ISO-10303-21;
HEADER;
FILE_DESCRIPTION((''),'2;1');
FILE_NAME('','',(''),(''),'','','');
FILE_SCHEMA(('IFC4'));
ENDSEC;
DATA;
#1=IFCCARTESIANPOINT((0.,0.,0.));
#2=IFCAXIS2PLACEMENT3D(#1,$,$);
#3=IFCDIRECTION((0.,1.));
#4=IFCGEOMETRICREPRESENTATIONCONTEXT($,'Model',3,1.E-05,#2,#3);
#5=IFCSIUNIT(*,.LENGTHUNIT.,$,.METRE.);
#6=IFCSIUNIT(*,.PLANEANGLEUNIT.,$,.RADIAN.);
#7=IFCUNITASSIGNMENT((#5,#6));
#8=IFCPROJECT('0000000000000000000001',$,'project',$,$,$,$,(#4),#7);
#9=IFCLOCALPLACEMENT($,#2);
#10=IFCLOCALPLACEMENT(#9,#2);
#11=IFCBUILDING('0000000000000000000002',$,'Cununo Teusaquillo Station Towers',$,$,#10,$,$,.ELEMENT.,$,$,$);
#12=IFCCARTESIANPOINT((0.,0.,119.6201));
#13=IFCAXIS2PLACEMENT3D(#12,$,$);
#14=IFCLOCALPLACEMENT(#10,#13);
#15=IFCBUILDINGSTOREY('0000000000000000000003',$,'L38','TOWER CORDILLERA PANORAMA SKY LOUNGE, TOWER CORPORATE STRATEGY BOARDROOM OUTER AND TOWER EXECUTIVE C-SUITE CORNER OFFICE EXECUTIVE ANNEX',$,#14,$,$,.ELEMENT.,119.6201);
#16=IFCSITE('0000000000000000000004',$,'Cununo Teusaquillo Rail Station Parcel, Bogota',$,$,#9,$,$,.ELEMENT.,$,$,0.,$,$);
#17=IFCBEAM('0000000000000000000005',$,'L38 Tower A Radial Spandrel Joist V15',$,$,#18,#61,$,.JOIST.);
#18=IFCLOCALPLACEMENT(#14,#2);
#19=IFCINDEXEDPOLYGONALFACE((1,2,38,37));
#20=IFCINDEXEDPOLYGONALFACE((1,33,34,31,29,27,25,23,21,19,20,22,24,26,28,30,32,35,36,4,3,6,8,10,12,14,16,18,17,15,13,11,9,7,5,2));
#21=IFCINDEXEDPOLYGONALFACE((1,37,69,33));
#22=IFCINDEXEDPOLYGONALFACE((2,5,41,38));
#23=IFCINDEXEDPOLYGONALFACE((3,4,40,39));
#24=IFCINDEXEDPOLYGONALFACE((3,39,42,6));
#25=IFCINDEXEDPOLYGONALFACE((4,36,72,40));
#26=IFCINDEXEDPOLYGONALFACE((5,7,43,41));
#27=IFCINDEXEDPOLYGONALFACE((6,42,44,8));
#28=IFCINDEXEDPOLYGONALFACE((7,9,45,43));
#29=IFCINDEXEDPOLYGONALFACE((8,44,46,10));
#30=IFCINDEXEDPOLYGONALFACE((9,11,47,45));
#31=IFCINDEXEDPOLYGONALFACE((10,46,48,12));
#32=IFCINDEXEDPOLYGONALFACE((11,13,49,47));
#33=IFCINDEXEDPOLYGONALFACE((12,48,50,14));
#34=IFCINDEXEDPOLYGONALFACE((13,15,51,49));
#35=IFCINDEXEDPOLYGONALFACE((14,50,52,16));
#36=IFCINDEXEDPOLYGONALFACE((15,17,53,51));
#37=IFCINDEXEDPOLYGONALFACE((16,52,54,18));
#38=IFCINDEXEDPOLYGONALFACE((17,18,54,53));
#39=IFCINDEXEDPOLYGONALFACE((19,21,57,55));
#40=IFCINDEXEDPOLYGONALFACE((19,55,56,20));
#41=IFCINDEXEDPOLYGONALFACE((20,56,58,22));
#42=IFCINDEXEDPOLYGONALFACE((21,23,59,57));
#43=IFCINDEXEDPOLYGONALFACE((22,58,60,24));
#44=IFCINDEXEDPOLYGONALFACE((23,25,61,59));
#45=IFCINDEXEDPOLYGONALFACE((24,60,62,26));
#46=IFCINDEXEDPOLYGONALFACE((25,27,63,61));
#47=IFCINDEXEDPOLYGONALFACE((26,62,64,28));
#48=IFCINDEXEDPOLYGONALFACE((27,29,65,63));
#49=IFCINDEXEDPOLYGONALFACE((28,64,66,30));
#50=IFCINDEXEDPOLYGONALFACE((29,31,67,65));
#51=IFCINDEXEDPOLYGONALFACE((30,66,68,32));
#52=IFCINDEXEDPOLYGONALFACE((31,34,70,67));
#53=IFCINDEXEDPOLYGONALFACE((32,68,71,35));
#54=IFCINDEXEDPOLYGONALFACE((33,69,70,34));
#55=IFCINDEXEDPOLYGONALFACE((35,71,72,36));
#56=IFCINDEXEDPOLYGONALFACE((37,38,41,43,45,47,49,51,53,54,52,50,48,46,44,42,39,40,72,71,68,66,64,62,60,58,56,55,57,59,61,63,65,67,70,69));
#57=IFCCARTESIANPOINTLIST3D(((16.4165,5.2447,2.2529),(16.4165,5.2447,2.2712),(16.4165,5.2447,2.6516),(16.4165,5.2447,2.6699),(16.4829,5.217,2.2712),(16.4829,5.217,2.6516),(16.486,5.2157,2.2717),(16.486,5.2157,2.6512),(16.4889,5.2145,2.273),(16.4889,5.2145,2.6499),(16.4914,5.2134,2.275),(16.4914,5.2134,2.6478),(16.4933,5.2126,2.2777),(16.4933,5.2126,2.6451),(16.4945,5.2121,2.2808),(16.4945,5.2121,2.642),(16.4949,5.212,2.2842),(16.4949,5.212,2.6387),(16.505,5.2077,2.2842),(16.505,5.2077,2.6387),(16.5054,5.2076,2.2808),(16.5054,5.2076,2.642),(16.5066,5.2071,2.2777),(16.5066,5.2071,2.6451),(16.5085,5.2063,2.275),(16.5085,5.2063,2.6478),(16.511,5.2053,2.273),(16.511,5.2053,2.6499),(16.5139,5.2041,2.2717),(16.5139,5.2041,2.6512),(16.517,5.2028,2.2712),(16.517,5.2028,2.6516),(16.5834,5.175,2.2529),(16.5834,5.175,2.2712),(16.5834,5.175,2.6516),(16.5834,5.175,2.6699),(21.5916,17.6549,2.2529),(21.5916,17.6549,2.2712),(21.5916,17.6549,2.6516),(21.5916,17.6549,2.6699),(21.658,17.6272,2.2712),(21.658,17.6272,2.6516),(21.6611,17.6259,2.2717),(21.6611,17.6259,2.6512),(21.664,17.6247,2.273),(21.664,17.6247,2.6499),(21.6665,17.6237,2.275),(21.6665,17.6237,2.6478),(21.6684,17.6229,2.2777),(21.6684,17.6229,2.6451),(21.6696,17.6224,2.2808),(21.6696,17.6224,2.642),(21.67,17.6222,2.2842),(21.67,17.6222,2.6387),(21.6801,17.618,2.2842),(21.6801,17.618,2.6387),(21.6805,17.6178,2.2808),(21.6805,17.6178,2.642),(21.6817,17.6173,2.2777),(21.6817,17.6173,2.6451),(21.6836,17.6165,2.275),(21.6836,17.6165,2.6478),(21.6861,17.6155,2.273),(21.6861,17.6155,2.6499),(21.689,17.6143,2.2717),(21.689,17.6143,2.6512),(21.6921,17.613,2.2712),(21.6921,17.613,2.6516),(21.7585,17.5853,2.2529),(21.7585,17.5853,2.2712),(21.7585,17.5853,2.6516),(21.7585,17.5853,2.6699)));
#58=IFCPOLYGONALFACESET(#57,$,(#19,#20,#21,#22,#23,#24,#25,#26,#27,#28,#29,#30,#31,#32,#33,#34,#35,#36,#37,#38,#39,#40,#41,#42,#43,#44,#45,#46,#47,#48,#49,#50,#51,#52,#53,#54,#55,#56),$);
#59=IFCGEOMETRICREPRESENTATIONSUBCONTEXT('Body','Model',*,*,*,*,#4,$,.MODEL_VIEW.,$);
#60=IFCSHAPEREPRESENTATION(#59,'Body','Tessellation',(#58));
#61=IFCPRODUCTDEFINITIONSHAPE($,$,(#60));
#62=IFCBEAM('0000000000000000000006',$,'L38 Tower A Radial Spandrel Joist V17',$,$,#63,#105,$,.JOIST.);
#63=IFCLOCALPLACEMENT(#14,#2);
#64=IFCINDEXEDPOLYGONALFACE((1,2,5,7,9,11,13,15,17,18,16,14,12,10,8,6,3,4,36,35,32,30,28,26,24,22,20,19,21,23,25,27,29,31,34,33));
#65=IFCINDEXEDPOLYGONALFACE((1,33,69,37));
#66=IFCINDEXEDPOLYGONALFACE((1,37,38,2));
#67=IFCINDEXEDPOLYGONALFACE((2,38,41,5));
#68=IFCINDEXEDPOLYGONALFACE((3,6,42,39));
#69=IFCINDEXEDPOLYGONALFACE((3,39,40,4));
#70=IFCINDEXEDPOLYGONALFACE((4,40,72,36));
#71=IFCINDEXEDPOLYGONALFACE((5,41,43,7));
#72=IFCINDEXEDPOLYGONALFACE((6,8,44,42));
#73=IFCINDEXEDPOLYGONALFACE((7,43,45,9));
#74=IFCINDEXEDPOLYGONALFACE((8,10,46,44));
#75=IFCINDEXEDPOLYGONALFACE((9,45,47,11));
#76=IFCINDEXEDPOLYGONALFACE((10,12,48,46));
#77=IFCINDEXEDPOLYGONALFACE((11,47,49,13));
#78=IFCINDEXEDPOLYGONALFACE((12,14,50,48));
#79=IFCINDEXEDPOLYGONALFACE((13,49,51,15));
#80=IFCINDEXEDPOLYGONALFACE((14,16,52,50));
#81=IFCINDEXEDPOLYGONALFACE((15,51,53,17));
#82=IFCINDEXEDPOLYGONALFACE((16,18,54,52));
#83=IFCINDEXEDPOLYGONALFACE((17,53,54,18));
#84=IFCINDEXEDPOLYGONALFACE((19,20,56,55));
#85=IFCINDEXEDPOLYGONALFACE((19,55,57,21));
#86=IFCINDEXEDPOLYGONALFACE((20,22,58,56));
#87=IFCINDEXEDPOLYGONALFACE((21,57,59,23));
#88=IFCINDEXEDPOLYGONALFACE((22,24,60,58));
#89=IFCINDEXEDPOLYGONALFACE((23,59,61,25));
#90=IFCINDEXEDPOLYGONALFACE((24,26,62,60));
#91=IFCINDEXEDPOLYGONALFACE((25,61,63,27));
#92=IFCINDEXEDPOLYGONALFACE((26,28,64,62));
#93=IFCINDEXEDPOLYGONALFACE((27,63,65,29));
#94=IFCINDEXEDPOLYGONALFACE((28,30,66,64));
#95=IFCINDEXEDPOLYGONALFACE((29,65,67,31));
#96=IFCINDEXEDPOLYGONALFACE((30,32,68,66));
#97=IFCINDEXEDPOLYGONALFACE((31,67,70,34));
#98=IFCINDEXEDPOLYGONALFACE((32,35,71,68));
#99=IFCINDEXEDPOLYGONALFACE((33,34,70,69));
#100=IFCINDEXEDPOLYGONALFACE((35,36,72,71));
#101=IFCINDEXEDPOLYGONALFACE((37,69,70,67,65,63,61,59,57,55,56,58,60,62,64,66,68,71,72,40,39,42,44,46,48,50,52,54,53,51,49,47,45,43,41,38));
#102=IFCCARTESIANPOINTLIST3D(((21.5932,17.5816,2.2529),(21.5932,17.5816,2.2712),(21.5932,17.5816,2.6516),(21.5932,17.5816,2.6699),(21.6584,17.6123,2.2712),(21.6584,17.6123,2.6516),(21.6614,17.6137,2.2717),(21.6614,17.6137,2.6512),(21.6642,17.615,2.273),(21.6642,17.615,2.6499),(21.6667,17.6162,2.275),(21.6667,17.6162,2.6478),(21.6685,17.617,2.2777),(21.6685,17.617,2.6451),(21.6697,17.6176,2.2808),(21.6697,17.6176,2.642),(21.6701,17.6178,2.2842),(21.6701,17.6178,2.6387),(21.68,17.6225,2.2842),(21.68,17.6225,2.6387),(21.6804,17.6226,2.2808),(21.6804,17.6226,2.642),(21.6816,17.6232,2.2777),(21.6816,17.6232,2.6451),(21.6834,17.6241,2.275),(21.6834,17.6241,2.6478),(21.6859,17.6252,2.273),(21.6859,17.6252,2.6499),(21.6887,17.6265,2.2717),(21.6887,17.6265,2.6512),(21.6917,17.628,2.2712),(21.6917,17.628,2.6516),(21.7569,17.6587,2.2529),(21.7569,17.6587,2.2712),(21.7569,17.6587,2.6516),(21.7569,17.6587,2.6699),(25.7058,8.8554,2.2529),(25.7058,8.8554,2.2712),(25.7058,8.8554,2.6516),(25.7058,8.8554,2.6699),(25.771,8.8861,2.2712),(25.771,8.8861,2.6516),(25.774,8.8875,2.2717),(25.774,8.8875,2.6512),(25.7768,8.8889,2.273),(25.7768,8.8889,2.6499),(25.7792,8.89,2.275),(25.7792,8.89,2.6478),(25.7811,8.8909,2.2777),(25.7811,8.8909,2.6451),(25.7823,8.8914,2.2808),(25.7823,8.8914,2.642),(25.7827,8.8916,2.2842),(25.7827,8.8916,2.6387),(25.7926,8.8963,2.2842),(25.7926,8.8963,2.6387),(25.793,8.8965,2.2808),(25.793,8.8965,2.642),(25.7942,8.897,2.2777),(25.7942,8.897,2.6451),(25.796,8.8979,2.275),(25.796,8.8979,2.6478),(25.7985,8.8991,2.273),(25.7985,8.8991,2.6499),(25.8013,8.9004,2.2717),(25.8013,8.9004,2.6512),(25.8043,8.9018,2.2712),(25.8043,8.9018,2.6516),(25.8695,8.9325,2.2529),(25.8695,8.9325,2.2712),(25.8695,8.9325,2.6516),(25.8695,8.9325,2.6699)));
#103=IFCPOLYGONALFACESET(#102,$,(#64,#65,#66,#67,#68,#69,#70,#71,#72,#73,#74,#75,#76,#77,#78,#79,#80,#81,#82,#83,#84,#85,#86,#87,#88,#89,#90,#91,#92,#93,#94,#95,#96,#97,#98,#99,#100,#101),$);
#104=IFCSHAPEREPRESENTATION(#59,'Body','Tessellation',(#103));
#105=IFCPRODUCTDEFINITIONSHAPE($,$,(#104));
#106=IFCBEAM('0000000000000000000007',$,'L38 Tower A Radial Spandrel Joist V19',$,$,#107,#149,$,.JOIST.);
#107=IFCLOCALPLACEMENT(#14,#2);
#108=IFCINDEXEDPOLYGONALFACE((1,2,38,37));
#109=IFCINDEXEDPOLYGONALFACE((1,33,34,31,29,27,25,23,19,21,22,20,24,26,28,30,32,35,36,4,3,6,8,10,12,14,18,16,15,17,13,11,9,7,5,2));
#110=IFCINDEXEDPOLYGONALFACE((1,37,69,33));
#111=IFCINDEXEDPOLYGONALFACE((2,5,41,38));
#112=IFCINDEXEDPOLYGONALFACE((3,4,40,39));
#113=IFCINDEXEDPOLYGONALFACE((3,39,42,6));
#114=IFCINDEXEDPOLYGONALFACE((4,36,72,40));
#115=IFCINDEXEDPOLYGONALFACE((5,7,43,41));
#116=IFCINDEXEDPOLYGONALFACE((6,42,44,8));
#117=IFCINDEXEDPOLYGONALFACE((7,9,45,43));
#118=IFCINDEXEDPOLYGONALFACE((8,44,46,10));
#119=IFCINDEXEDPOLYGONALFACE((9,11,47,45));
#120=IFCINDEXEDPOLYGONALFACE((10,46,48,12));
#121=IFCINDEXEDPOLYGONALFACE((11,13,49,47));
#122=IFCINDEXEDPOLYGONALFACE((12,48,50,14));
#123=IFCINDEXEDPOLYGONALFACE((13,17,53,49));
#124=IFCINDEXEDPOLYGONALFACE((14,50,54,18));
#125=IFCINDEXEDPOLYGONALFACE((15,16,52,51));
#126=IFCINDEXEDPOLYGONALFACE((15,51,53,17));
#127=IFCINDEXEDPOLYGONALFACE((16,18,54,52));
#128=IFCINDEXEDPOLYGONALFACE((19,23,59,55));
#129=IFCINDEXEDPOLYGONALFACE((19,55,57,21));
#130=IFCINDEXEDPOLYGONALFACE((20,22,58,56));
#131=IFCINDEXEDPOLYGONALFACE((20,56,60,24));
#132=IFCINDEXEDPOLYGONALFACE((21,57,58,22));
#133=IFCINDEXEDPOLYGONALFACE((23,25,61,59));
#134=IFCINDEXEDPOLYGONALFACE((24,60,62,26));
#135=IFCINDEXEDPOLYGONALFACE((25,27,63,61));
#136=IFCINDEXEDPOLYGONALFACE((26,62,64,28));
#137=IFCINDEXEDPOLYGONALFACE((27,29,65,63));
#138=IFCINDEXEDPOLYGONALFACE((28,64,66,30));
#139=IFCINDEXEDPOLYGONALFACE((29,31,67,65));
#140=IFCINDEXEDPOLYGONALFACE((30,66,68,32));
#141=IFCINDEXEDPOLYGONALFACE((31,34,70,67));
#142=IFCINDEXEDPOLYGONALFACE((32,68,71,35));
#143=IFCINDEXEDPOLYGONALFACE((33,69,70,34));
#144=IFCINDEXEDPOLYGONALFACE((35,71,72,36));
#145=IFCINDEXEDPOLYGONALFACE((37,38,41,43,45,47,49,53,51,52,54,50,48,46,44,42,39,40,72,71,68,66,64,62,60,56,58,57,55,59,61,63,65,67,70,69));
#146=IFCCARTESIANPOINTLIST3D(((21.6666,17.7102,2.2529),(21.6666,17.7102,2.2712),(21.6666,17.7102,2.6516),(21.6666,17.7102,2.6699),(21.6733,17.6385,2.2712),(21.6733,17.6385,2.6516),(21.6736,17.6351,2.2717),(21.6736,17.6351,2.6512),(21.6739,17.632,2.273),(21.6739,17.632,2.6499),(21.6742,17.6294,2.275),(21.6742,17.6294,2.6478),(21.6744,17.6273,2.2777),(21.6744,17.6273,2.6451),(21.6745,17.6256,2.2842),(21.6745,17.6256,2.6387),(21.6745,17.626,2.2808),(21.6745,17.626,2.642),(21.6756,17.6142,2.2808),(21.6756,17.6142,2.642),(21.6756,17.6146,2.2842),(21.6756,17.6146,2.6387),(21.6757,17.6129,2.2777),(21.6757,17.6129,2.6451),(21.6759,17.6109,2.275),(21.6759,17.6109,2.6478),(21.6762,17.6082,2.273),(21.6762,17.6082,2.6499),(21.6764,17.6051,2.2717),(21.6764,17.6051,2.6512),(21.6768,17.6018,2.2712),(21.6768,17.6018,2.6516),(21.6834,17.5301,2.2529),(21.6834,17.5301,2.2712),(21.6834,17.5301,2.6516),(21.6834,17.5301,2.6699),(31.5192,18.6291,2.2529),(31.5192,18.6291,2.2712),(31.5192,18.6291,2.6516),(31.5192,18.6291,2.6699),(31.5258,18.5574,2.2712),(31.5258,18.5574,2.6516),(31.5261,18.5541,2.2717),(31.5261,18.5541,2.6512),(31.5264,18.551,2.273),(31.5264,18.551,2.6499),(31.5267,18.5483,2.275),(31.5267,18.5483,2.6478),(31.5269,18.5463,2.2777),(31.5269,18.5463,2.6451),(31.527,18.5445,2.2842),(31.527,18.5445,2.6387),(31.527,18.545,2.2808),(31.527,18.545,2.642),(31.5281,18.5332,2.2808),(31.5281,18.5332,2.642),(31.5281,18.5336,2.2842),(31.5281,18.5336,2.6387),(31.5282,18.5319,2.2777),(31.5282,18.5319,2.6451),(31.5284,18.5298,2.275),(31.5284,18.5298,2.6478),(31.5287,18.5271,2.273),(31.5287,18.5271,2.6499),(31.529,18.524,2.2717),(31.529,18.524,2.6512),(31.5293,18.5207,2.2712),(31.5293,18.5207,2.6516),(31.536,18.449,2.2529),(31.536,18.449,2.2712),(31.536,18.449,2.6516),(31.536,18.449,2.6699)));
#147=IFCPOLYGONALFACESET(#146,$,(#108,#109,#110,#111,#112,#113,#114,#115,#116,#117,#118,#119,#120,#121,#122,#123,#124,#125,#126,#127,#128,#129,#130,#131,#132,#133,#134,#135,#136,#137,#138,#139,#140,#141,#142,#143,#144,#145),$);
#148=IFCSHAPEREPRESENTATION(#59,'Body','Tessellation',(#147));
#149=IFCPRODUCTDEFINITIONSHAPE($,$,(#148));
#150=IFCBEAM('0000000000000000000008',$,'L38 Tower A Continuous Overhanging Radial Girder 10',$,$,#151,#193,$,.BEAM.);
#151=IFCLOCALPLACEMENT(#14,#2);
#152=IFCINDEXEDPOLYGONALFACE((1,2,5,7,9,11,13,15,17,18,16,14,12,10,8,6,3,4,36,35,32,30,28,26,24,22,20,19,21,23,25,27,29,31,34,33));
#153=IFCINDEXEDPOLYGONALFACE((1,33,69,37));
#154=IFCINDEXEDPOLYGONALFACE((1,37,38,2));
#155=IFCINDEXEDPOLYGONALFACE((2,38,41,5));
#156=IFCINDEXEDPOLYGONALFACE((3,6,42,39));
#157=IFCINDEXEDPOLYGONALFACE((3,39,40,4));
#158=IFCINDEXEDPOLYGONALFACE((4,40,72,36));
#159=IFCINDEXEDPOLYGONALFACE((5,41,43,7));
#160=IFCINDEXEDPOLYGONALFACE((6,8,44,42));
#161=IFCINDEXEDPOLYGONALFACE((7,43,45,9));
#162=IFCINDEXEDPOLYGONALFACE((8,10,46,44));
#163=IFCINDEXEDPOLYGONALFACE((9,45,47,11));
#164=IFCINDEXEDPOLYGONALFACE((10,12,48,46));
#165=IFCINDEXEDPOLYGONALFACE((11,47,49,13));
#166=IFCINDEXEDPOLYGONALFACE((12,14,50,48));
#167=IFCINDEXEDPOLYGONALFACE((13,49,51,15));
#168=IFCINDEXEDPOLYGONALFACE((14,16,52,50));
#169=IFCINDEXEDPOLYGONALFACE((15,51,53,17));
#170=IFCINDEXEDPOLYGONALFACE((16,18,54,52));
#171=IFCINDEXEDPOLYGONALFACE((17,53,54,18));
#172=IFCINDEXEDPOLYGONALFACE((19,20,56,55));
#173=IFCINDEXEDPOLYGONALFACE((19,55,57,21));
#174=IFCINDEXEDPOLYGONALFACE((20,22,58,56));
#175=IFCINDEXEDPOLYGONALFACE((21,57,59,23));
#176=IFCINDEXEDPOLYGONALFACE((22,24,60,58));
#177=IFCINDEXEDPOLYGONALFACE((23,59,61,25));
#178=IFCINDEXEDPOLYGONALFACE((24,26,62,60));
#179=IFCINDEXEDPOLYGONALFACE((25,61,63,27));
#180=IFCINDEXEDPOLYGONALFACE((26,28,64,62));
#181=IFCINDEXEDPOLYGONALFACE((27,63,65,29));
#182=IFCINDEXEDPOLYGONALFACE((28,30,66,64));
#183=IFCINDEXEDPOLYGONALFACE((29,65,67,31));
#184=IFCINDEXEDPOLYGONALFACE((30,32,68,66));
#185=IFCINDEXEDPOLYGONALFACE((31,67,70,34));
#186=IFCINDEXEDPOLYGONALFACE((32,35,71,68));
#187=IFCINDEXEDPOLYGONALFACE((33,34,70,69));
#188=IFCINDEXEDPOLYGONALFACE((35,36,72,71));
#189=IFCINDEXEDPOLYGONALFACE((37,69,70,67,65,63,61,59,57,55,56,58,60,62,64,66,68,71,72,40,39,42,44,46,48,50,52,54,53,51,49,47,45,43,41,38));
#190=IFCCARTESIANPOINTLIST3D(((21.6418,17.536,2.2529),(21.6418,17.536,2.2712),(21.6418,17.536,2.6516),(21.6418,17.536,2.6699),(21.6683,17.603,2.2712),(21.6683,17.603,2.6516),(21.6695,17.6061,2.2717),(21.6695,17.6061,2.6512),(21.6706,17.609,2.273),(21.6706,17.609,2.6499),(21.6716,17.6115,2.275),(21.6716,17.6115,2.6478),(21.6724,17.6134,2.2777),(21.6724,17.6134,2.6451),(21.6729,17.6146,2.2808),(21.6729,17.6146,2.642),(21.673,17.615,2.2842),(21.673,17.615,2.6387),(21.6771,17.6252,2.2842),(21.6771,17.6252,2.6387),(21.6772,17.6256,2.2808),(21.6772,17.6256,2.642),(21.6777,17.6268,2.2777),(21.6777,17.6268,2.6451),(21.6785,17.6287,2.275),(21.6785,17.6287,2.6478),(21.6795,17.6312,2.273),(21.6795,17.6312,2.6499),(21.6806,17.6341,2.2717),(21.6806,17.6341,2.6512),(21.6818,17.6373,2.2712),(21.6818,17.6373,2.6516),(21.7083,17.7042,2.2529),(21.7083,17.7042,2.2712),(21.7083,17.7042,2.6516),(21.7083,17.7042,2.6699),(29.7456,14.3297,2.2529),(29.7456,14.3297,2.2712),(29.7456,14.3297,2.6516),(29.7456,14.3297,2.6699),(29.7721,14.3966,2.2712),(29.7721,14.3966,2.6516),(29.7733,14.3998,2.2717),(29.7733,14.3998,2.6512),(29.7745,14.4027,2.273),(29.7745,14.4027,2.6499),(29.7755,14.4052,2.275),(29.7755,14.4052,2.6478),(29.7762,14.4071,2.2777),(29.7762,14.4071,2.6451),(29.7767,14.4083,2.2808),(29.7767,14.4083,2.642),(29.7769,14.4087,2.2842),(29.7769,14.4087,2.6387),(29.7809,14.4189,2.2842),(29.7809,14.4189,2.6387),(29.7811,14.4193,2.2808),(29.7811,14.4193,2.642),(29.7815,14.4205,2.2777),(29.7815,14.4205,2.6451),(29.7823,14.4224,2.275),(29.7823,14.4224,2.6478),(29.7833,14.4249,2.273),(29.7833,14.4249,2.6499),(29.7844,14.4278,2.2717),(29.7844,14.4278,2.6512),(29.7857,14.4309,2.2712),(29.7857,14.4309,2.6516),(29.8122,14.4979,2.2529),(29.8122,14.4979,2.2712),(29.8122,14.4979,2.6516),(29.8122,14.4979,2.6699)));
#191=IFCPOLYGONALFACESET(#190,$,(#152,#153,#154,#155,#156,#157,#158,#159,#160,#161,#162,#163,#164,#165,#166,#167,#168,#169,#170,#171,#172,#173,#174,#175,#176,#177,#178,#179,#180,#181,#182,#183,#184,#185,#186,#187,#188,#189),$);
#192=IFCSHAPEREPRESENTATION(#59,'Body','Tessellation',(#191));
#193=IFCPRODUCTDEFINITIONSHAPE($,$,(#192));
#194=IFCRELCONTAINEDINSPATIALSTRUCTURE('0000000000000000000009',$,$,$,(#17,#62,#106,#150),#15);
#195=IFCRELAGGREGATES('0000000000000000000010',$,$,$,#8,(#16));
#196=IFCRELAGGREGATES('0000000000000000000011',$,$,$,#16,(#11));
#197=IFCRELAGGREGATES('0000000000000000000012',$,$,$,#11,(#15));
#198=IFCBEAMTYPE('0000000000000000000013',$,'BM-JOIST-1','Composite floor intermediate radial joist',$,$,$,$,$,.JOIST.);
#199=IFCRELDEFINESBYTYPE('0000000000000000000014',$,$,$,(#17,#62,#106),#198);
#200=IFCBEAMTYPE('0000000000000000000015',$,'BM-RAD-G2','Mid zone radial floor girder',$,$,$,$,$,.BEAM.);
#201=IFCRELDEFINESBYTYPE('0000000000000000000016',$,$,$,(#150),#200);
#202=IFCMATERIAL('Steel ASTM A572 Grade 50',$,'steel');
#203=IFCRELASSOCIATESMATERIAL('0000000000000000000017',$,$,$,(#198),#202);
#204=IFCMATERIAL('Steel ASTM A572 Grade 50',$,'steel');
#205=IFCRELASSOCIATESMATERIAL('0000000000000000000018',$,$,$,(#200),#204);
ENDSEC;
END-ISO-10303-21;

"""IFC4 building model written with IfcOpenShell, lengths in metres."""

from ifc_helpers import new_model, si_unit, direction, frame, origin, origin_2d, place, context, subcontext, project, spatial, i_section, extrude, material, material_profile, profile_set, type_object, element, save


model = new_model("IFC4")

# Units and contexts
model_context = context("Model", 3, precision=1e-05, world=origin(), true_north=direction((0.0, 1.0)))
body_context = subcontext(model_context, "Body", "Model", "MODEL_VIEW")
ifc_project = project(units=[si_unit("LENGTHUNIT", "METRE"), si_unit("PLANEANGLEUNIT", "RADIAN")], contexts=[model_context])

# Site, building, storey
site_placement = place(None, origin())
site = spatial("IfcSite", under=ifc_project, at=site_placement, Name="Cununo Teusaquillo Rail Station Parcel, Bogota", CompositionType="ELEMENT", RefElevation=0.0)
building_placement = place(site_placement, origin())
building = spatial("IfcBuilding", under=site, at=building_placement, Name="Cununo Teusaquillo Station Towers", CompositionType="ELEMENT")
storey_placement = place(building_placement, frame((0.0, 0.0, 119.6201)))
storey = spatial("IfcBuildingStorey", under=building, at=storey_placement, Name="L38", Description="TOWER CORDILLERA PANORAMA SKY LOUNGE, TOWER CORPORATE STRATEGY BOARDROOM OUTER AND TOWER EXECUTIVE C-SUITE CORNER OFFICE EXECUTIVE ANNEX", CompositionType="ELEMENT", Elevation=119.6201)

# Beams
ifc_material_1 = material(Name="Steel ASTM A572 Grade 50", Category="steel")
ifc_material_profile_1 = material_profile(ifc_material_1, i_section(OverallWidth=0.1809, OverallDepth=0.417, WebThickness=0.011, FlangeThickness=0.0183, FilletRadius=0.0129, at=origin_2d()), Name="W16X57")
ifc_profile_set_1 = profile_set([ifc_material_profile_1], Name="Steel ASTM A572 Grade 50")
beam_type_1 = type_object("IfcBeamType", Name="BM-JOIST-1", Description="Composite floor intermediate radial joist", PredefinedType="JOIST", material=ifc_profile_set_1)
beam_1_placement = place(storey_placement, frame((21.675, 17.6201, 2.4614), z_axis=(-0.384878, -0.922967, 0.0), x_axis=(0.922967, -0.384878, 0.0)))
element("IfcBeam", 1, at=beam_1_placement, inside=storey, type_object=beam_type_1, Name="L38 Tower A Radial Spandrel Joist V15", PredefinedType="JOIST", context=body_context, shape_type="SweptSolid", body=[
    extrude(i_section(OverallWidth=0.1809, OverallDepth=0.417, WebThickness=0.011, FlangeThickness=0.0183, FilletRadius=0.0129, at=origin_2d()), origin(), (0.0, 0.0, 1.0), 13.446),
])
beam_2_placement = place(storey_placement, frame((21.675, 17.6201, 2.4614), z_axis=(0.42632, -0.904572, 0.0), x_axis=(0.904572, 0.42632, 0.0)))
element("IfcBeam", 2, at=beam_2_placement, inside=storey, type_object=beam_type_1, Name="L38 Tower A Radial Spandrel Joist V17", PredefinedType="JOIST", context=body_context, shape_type="SweptSolid", body=[
    extrude(i_section(OverallWidth=0.1809, OverallDepth=0.417, WebThickness=0.011, FlangeThickness=0.0183, FilletRadius=0.0129, at=origin_2d()), origin(), (0.0, 0.0, 1.0), 9.6467),
])
beam_3_placement = place(storey_placement, frame((21.675, 17.6201, 2.4614), z_axis=(0.995679, 0.092867, 0.0), x_axis=(-0.092867, 0.995679, 0.0)))
element("IfcBeam", 3, at=beam_3_placement, inside=storey, type_object=beam_type_1, Name="L38 Tower A Radial Spandrel Joist V19", PredefinedType="JOIST", context=body_context, shape_type="SweptSolid", body=[
    extrude(i_section(OverallWidth=0.1809, OverallDepth=0.417, WebThickness=0.011, FlangeThickness=0.0183, FilletRadius=0.0129, at=origin_2d()), origin(), (0.0, 0.0, 1.0), 9.8953),
])
ifc_material_2 = material(Name="Steel ASTM A572 Grade 50", Category="steel")
ifc_material_profile_2 = material_profile(ifc_material_2, i_section(OverallWidth=0.1809, OverallDepth=0.417, WebThickness=0.011, FlangeThickness=0.0183, FilletRadius=0.0129, at=origin_2d()), Name="W16X57")
ifc_profile_set_2 = profile_set([ifc_material_profile_2], Name="Steel ASTM A572 Grade 50")
beam_type_2 = type_object("IfcBeamType", Name="BM-RAD-G2", Description="Mid zone radial floor girder", PredefinedType="BEAM", material=ifc_profile_set_2)
beam_4_placement = place(storey_placement, frame((21.675, 17.6201, 2.4614), z_axis=(0.929863, -0.367906, 0.0), x_axis=(0.367906, 0.929863, 0.0)))
element("IfcBeam", 4, at=beam_4_placement, inside=storey, type_object=beam_type_2, Name="L38 Tower A Continuous Overhanging Radial Girder 10", PredefinedType="BEAM", context=body_context, shape_type="SweptSolid", body=[
    extrude(i_section(OverallWidth=0.1809, OverallDepth=0.417, WebThickness=0.011, FlangeThickness=0.0183, FilletRadius=0.0129, at=origin_2d()), origin(), (0.0, 0.0, 1.0), 8.7151),
])

save(model, "model.ifc")
